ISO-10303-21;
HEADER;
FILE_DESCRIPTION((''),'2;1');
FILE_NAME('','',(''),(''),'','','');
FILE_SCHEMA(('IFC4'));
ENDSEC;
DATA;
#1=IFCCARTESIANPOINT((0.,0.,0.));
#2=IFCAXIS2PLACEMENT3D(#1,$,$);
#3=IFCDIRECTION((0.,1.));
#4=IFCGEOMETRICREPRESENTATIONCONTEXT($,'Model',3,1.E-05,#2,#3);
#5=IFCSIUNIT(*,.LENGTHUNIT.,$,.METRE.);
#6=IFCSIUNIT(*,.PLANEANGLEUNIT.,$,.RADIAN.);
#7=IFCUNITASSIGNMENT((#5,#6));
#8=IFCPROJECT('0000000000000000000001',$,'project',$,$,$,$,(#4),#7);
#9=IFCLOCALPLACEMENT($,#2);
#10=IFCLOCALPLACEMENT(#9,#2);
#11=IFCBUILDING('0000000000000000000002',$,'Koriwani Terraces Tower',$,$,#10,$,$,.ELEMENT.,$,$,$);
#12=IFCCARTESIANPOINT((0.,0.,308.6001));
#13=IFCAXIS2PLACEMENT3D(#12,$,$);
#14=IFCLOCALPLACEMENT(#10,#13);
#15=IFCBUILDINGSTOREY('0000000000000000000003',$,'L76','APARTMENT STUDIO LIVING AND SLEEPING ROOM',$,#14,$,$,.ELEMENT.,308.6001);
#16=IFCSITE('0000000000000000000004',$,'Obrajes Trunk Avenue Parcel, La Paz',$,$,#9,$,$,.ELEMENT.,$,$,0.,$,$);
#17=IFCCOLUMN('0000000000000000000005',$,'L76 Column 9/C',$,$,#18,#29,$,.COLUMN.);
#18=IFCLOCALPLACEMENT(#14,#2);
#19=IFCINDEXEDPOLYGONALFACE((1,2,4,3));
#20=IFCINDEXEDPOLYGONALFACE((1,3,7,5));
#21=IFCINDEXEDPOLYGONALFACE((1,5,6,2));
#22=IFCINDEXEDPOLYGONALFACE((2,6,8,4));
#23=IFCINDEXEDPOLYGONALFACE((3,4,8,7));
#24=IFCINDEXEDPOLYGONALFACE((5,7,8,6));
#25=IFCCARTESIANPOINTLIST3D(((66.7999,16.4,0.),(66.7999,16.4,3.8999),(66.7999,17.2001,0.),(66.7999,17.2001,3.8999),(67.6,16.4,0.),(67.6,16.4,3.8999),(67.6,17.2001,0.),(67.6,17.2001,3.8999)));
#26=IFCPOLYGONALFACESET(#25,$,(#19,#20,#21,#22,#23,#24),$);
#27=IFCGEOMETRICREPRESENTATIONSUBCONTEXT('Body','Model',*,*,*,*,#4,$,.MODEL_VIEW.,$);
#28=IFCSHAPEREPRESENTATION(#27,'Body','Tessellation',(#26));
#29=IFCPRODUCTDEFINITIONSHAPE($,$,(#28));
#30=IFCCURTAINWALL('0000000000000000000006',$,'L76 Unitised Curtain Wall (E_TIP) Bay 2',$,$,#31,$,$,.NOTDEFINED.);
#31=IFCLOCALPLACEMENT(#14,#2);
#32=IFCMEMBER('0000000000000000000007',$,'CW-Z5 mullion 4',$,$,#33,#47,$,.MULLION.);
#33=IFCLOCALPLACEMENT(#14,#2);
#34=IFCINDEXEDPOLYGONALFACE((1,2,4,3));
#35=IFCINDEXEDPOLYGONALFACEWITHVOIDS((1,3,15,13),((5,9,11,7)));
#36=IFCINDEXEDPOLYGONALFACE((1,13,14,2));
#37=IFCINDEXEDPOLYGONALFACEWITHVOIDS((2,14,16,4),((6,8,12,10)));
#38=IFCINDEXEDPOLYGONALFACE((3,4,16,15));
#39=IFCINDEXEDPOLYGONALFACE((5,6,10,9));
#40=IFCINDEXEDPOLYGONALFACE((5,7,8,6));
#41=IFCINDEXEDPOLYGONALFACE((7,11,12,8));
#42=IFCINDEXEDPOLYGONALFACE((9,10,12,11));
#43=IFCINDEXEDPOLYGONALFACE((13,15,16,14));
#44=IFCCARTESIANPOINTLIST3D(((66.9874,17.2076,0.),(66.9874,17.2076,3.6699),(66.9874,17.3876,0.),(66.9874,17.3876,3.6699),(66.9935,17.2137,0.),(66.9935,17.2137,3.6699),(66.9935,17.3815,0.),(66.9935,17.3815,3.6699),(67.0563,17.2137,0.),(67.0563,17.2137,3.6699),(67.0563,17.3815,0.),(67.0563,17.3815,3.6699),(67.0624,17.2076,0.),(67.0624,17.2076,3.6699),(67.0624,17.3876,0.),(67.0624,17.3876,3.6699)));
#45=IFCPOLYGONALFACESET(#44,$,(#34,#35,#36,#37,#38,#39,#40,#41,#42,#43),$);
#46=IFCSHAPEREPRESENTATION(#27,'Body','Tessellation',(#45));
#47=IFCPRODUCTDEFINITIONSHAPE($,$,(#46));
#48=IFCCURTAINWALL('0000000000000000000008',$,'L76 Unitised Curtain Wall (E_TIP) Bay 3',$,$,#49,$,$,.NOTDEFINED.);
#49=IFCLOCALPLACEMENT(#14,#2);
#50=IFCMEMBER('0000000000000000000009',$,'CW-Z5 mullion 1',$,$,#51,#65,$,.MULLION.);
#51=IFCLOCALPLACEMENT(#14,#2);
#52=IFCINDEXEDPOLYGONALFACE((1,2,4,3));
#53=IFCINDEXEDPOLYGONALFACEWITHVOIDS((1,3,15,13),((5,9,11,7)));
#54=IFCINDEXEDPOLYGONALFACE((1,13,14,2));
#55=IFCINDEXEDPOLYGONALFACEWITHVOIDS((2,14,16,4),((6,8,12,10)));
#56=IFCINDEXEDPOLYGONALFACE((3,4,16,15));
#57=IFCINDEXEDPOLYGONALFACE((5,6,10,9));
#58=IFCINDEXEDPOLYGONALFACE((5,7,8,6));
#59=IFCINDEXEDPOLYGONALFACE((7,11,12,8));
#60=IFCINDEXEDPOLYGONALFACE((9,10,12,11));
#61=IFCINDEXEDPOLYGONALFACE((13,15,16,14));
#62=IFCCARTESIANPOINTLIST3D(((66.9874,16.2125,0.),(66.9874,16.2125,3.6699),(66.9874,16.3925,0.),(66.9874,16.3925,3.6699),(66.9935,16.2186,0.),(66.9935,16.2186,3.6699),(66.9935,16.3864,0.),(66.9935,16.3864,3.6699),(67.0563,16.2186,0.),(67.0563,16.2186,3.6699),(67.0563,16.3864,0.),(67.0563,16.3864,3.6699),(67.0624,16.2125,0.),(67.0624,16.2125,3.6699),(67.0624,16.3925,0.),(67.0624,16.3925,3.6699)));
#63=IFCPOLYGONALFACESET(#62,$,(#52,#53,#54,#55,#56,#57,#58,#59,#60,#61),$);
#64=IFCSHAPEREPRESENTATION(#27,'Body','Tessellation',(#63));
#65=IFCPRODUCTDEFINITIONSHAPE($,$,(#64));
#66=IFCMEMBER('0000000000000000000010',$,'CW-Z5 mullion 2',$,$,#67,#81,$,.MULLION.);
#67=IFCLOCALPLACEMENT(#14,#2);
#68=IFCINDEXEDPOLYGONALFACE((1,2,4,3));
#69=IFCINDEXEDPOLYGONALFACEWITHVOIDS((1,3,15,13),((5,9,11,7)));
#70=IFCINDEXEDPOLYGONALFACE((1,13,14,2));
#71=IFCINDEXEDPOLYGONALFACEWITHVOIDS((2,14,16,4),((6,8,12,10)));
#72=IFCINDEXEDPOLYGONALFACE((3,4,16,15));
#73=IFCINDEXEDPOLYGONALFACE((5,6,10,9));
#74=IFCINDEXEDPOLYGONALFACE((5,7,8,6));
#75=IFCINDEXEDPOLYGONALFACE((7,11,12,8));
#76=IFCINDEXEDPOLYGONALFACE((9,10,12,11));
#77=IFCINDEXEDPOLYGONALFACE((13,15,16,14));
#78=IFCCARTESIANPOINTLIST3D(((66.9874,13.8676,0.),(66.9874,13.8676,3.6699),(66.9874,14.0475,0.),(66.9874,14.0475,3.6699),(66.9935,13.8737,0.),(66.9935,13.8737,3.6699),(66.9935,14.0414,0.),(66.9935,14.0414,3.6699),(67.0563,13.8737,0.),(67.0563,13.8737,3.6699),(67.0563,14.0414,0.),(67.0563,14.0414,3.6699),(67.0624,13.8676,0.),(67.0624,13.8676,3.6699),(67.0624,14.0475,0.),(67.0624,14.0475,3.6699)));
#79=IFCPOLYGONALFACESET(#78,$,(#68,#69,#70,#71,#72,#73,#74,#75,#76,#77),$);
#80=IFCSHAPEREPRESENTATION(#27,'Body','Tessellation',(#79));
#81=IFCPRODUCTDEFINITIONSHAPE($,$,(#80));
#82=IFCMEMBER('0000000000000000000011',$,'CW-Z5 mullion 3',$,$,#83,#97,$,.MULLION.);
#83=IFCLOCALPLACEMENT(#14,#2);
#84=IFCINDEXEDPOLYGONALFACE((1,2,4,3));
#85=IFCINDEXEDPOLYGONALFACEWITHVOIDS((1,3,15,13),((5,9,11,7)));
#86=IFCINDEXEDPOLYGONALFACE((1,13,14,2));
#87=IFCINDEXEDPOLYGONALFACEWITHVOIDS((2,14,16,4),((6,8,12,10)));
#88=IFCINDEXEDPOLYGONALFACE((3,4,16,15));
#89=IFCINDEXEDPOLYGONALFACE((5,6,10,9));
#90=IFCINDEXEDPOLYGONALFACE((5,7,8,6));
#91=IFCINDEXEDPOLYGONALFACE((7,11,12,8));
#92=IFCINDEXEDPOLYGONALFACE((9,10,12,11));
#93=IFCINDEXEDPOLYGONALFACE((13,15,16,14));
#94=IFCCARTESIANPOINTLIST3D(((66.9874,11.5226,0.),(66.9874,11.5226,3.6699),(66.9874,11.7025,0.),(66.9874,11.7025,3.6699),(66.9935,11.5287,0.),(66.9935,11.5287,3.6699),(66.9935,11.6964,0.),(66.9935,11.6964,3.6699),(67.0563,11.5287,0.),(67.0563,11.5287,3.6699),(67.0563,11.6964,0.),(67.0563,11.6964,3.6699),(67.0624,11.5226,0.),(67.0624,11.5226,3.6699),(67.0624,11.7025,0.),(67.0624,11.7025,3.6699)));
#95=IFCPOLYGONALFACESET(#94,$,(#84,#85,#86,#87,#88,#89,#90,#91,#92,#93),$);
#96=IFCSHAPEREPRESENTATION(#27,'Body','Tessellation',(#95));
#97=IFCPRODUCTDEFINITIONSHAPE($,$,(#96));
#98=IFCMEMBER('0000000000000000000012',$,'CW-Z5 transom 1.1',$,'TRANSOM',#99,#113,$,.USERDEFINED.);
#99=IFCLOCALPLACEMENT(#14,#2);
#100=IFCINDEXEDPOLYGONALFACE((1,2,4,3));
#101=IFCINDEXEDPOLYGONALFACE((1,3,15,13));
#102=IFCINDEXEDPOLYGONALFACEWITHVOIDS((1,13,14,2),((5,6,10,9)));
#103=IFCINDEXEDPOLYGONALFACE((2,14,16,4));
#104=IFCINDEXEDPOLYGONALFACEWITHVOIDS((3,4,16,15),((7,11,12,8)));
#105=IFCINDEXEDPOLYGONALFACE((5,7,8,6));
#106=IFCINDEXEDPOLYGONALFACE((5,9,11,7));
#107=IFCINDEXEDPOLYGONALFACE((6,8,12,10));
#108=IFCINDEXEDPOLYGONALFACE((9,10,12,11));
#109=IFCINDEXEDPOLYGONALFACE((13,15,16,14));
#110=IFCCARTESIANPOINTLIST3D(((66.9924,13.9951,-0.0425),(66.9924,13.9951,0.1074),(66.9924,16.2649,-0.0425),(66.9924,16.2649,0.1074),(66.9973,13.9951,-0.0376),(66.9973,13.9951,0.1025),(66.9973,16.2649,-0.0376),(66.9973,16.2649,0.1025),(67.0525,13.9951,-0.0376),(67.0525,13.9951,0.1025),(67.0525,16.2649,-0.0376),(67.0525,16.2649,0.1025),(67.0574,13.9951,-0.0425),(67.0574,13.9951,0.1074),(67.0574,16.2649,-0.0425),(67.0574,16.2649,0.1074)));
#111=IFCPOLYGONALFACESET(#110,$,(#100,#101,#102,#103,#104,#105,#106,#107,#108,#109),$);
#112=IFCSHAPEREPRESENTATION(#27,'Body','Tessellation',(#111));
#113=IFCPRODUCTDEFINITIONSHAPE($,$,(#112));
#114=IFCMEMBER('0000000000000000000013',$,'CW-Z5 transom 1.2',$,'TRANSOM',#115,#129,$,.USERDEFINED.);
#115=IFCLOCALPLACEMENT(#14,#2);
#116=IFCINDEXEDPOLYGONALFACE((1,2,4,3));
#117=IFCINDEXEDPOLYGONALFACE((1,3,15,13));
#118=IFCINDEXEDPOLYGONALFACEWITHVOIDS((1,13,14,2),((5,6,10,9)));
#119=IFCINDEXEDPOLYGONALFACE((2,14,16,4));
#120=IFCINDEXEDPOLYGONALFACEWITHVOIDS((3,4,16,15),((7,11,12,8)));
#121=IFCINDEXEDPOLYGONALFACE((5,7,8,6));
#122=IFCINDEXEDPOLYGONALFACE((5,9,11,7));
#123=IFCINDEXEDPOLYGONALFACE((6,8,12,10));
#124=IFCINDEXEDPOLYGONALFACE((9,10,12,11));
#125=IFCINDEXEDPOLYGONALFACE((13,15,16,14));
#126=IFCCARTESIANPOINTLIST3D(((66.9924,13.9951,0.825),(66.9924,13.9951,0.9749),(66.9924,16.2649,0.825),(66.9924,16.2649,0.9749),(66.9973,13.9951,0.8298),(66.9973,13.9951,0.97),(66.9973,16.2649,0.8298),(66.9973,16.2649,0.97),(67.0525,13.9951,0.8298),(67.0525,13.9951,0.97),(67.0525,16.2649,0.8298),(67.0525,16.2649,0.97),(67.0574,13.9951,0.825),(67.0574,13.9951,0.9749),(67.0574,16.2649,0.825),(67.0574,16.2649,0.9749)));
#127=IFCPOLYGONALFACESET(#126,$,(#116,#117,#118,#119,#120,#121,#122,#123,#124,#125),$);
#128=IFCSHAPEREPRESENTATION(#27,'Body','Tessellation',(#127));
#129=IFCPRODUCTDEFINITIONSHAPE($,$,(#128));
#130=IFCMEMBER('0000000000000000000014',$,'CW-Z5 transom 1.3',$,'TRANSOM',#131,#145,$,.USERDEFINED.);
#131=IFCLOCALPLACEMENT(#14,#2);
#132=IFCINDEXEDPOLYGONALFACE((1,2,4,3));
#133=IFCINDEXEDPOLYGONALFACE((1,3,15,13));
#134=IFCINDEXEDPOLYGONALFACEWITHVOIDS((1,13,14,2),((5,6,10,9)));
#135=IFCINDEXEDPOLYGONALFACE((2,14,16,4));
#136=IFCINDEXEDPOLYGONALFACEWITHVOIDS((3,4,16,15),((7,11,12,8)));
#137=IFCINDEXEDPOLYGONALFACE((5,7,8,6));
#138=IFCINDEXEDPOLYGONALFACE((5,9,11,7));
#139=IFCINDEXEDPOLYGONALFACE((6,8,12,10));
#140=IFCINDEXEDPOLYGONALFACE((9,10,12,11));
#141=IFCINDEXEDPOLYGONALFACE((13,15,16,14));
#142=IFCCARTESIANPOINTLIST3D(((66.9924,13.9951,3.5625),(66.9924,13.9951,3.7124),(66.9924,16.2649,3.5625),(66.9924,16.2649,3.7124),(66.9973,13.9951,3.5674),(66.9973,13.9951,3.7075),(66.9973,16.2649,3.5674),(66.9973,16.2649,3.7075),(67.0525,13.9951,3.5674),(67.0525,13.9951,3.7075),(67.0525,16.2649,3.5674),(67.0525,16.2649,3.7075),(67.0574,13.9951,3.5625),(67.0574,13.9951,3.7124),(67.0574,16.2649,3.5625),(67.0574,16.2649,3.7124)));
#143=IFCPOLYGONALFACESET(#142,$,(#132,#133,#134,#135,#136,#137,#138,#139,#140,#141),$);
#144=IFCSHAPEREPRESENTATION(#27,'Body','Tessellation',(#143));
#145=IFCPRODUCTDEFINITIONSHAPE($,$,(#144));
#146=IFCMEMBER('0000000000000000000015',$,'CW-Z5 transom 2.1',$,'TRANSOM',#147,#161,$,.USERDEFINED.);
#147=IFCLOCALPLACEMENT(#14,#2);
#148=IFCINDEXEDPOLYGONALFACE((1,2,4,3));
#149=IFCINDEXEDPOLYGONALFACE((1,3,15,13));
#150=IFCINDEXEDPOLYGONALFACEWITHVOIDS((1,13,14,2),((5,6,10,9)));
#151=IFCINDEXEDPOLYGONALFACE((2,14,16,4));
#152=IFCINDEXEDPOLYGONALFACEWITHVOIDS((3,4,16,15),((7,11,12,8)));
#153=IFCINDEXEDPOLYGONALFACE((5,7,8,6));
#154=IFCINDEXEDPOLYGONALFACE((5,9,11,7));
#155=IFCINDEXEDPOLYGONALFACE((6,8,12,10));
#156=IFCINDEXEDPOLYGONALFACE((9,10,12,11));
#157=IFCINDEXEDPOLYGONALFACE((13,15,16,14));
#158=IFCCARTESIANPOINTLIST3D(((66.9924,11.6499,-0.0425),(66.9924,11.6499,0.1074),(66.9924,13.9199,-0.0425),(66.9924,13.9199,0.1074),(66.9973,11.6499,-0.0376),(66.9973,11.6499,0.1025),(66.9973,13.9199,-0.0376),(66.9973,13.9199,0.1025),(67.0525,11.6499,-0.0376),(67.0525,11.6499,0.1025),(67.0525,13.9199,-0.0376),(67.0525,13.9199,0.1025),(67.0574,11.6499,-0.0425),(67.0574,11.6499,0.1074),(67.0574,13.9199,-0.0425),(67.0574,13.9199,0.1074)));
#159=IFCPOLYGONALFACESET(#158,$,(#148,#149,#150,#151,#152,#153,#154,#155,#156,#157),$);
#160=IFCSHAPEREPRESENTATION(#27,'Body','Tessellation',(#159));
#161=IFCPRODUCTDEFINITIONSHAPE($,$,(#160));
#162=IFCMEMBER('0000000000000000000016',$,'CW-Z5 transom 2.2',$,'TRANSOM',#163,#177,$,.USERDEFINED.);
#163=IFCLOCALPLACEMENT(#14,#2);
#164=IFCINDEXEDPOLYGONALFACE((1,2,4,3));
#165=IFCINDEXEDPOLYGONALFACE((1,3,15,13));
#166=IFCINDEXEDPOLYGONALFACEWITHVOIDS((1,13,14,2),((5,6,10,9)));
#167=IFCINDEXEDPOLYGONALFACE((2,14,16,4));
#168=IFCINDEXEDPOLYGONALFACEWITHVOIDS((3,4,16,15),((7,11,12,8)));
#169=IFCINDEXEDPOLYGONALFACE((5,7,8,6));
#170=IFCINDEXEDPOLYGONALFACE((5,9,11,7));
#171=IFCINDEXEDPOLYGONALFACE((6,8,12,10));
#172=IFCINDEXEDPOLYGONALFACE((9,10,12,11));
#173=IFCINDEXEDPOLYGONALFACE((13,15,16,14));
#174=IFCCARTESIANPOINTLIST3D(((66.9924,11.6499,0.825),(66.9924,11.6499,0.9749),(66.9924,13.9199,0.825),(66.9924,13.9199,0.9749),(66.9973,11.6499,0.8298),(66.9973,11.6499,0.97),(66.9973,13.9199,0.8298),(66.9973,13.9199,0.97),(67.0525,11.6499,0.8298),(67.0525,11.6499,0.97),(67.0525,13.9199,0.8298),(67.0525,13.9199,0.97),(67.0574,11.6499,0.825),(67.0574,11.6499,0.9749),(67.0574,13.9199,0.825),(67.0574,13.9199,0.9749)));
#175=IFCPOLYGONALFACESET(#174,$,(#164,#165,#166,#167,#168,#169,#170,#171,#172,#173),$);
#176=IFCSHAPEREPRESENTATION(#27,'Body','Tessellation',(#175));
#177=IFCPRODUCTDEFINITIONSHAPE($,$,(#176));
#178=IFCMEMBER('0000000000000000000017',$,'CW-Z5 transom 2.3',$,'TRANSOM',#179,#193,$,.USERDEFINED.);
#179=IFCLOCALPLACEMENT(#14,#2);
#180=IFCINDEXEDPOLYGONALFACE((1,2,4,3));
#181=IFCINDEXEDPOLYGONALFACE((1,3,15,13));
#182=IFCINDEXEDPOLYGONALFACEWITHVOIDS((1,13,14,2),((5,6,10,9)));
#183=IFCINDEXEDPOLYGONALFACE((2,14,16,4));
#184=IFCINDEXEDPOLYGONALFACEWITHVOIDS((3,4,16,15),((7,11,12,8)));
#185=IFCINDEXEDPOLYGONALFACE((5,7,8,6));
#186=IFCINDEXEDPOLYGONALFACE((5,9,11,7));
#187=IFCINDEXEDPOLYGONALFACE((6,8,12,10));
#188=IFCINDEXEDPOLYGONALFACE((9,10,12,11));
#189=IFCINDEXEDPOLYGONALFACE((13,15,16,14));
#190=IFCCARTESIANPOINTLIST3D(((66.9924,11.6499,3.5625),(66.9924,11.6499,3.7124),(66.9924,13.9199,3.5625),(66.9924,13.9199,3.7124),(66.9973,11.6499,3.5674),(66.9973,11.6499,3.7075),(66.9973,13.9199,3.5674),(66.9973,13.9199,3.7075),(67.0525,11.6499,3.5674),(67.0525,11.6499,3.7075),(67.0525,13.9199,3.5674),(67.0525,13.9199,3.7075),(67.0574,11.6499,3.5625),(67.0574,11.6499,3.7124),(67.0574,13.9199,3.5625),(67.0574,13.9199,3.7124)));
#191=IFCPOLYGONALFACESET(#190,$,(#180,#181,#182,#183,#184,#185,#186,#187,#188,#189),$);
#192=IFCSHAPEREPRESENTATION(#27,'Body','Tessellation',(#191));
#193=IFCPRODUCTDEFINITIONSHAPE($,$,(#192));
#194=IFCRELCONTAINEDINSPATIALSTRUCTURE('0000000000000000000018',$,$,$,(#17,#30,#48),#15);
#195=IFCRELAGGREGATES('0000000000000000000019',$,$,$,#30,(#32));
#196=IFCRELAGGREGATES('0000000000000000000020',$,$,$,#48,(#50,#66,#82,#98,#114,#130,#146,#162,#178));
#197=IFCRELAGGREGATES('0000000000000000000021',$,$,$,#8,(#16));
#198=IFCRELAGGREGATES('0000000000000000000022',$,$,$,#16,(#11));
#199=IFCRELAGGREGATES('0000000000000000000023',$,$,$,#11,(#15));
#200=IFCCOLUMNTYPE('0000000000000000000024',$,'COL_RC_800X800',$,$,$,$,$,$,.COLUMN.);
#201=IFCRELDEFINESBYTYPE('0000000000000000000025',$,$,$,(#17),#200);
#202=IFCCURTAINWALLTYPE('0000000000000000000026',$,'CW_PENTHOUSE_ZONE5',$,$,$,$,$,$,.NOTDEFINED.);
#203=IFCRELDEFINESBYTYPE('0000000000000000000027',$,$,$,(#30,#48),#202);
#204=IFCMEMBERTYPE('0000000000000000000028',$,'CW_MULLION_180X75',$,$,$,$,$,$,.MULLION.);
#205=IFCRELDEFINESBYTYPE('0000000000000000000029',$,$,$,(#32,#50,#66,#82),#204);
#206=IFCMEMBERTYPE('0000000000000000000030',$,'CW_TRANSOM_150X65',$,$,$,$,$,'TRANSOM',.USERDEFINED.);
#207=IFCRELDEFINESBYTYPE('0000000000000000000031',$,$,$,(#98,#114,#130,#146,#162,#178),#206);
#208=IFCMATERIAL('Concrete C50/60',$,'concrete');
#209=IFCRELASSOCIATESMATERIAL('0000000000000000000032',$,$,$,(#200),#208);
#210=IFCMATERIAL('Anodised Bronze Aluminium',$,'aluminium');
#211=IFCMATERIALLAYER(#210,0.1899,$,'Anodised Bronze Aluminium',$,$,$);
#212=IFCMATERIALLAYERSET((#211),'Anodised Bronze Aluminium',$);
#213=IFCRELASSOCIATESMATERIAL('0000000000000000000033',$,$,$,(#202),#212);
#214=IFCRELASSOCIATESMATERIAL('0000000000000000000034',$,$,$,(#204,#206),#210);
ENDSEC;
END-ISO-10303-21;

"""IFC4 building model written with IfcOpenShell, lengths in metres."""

from ifc_helpers import new_model, si_unit, direction, frame, origin, origin_2d, place, context, subcontext, project, spatial, rectangle, hollow_rectangle, extrude, material, layer, layer_set, material_profile, profile_set, type_object, element, aggregate, save


model = new_model("IFC4")

# Units and contexts
model_context = context("Model", 3, precision=1e-05, world=origin(), true_north=direction((0.0, 1.0)))
body_context = subcontext(model_context, "Body", "Model", "MODEL_VIEW")
ifc_project = project(units=[si_unit("LENGTHUNIT", "METRE"), si_unit("PLANEANGLEUNIT", "RADIAN")], contexts=[model_context])

# Site, building, storey
site_placement = place(None, origin())
site = spatial("IfcSite", under=ifc_project, at=site_placement, Name="Obrajes Trunk Avenue Parcel, La Paz", CompositionType="ELEMENT", RefElevation=0.0)
building_placement = place(site_placement, origin())
building = spatial("IfcBuilding", under=site, at=building_placement, Name="Koriwani Terraces Tower", CompositionType="ELEMENT")
storey_placement = place(building_placement, frame((0.0, 0.0, 308.6001)))
storey = spatial("IfcBuildingStorey", under=building, at=storey_placement, Name="L76", Description="APARTMENT STUDIO LIVING AND SLEEPING ROOM", CompositionType="ELEMENT", Elevation=308.6001)

# Column
ifc_material_1 = material(Name="Concrete C50/60", Category="concrete")
ifc_material_profile_1 = material_profile(ifc_material_1, rectangle(XDim=0.8, YDim=0.8, at=origin_2d()), Name="Concrete C50/60", Category="LoadBearing")
ifc_profile_set_1 = profile_set([ifc_material_profile_1], Name="Concrete C50/60")
column_type = type_object("IfcColumnType", Name="COL_RC_800X800", PredefinedType="COLUMN", material=ifc_profile_set_1)
column_placement = place(storey_placement, frame((67.2, 16.8, 0.0), z_axis=(0.0, 0.0, 1.0), x_axis=(1.0, 0.0, 0.0)))
element("IfcColumn", 1, at=column_placement, inside=storey, type_object=column_type, Name="L76 Column 9/C", PredefinedType="COLUMN", context=body_context, shape_type="SweptSolid", body=[
    extrude(rectangle(XDim=0.8, YDim=0.8, at=origin_2d()), origin(), (0.0, 0.0, 1.0), 3.8999),
])

# Curtain wall, member
ifc_material_2 = material(Name="Anodised Bronze Aluminium", Category="aluminium")
ifc_layer_1 = layer(ifc_material_2, 0.1899, Name="Anodised Bronze Aluminium")
ifc_layer_set_1 = layer_set([ifc_layer_1], Name="Anodised Bronze Aluminium")
curtain_wall_type = type_object("IfcCurtainWallType", Name="CW_PENTHOUSE_ZONE5", PredefinedType="NOTDEFINED", material=ifc_layer_set_1)
curtain_wall_1_placement = place(storey_placement, origin())
curtain_wall_1 = element("IfcCurtainWall", 2, at=curtain_wall_1_placement, inside=storey, type_object=curtain_wall_type, Name="L76 Unitised Curtain Wall (E_TIP) Bay 2", PredefinedType="NOTDEFINED")
ifc_material_profile_2 = material_profile(ifc_material_2, hollow_rectangle(XDim=0.075, YDim=0.1799, WallThickness=0.0061, at=origin_2d()), Name="Anodised Bronze Aluminium", Category="LoadBearing")
ifc_profile_set_2 = profile_set([ifc_material_profile_2], Name="Anodised Bronze Aluminium")
member_type_1 = type_object("IfcMemberType", Name="CW_MULLION_180X75", PredefinedType="MULLION", material=ifc_profile_set_2)
member_1_placement = place(storey_placement, frame((67.0249, 17.2976, 0.0), z_axis=(0.0, 0.0, 1.0), x_axis=(1.0, 0.0, 0.0)))
member_1 = element("IfcMember", 3, at=member_1_placement, type_object=member_type_1, Name="CW-Z5 mullion 4", PredefinedType="MULLION", context=body_context, shape_type="SweptSolid", body=[
    extrude(hollow_rectangle(XDim=0.075, YDim=0.1799, WallThickness=0.0061, at=origin_2d()), origin(), (0.0, 0.0, 1.0), 3.6699),
])

# Curtain wall, members
curtain_wall_2_placement = place(storey_placement, origin())
curtain_wall_2 = element("IfcCurtainWall", 4, at=curtain_wall_2_placement, inside=storey, type_object=curtain_wall_type, Name="L76 Unitised Curtain Wall (E_TIP) Bay 3", PredefinedType="NOTDEFINED")
member_2_placement = place(storey_placement, frame((67.0249, 16.3025, 0.0), z_axis=(0.0, 0.0, 1.0), x_axis=(1.0, 0.0, 0.0)))
member_2 = element("IfcMember", 5, at=member_2_placement, type_object=member_type_1, Name="CW-Z5 mullion 1", PredefinedType="MULLION", context=body_context, shape_type="SweptSolid", body=[
    extrude(hollow_rectangle(XDim=0.075, YDim=0.1799, WallThickness=0.0061, at=origin_2d()), origin(), (0.0, 0.0, 1.0), 3.6699),
])
member_3_placement = place(storey_placement, frame((67.0249, 13.9575, 0.0), z_axis=(0.0, 0.0, 1.0), x_axis=(1.0, 0.0, 0.0)))
member_3 = element("IfcMember", 6, at=member_3_placement, type_object=member_type_1, Name="CW-Z5 mullion 2", PredefinedType="MULLION", context=body_context, shape_type="SweptSolid", body=[
    extrude(hollow_rectangle(XDim=0.075, YDim=0.1799, WallThickness=0.0061, at=origin_2d()), origin(), (0.0, 0.0, 1.0), 3.6699),
])
member_4_placement = place(storey_placement, frame((67.0249, 11.6125, 0.0), z_axis=(0.0, 0.0, 1.0), x_axis=(1.0, 0.0, 0.0)))
member_4 = element("IfcMember", 7, at=member_4_placement, type_object=member_type_1, Name="CW-Z5 mullion 3", PredefinedType="MULLION", context=body_context, shape_type="SweptSolid", body=[
    extrude(hollow_rectangle(XDim=0.075, YDim=0.1799, WallThickness=0.0061, at=origin_2d()), origin(), (0.0, 0.0, 1.0), 3.6699),
])
ifc_material_profile_3 = material_profile(ifc_material_2, hollow_rectangle(XDim=0.0649, YDim=0.1499, WallThickness=0.0049, at=origin_2d()), Name="Anodised Bronze Aluminium", Category="LoadBearing")
ifc_profile_set_3 = profile_set([ifc_material_profile_3], Name="Anodised Bronze Aluminium")
member_type_2 = type_object("IfcMemberType", Name="CW_TRANSOM_150X65", ElementType="TRANSOM", PredefinedType="USERDEFINED", material=ifc_profile_set_3)
member_5_placement = place(storey_placement, frame((67.0249, 16.2649, 0.0325), z_axis=(0.0, -1.0, 0.0), x_axis=(1.0, 0.0, 0.0)))
member_5 = element("IfcMember", 8, at=member_5_placement, type_object=member_type_2, Name="CW-Z5 transom 1.1", ObjectType="TRANSOM", PredefinedType="USERDEFINED", context=body_context, shape_type="SweptSolid", body=[
    extrude(hollow_rectangle(XDim=0.0649, YDim=0.1499, WallThickness=0.0049, at=origin_2d()), origin(), (0.0, 0.0, 1.0), 2.2698),
])
member_6_placement = place(storey_placement, frame((67.0249, 16.2649, 0.8999), z_axis=(0.0, -1.0, 0.0), x_axis=(1.0, 0.0, 0.0)))
member_6 = element("IfcMember", 9, at=member_6_placement, type_object=member_type_2, Name="CW-Z5 transom 1.2", ObjectType="TRANSOM", PredefinedType="USERDEFINED", context=body_context, shape_type="SweptSolid", body=[
    extrude(hollow_rectangle(XDim=0.0649, YDim=0.1499, WallThickness=0.0049, at=origin_2d()), origin(), (0.0, 0.0, 1.0), 2.2698),
])
member_7_placement = place(storey_placement, frame((67.0249, 16.2649, 3.6375), z_axis=(0.0, -1.0, 0.0), x_axis=(1.0, 0.0, 0.0)))
member_7 = element("IfcMember", 10, at=member_7_placement, type_object=member_type_2, Name="CW-Z5 transom 1.3", ObjectType="TRANSOM", PredefinedType="USERDEFINED", context=body_context, shape_type="SweptSolid", body=[
    extrude(hollow_rectangle(XDim=0.0649, YDim=0.1499, WallThickness=0.0049, at=origin_2d()), origin(), (0.0, 0.0, 1.0), 2.2698),
])
member_8_placement = place(storey_placement, frame((67.0249, 13.9199, 0.0325), z_axis=(0.0, -1.0, 0.0), x_axis=(1.0, 0.0, 0.0)))
member_8 = element("IfcMember", 11, at=member_8_placement, type_object=member_type_2, Name="CW-Z5 transom 2.1", ObjectType="TRANSOM", PredefinedType="USERDEFINED", context=body_context, shape_type="SweptSolid", body=[
    extrude(hollow_rectangle(XDim=0.0649, YDim=0.1499, WallThickness=0.0049, at=origin_2d()), origin(), (0.0, 0.0, 1.0), 2.27),
])
member_9_placement = place(storey_placement, frame((67.0249, 13.9199, 0.8999), z_axis=(0.0, -1.0, 0.0), x_axis=(1.0, 0.0, 0.0)))
member_9 = element("IfcMember", 12, at=member_9_placement, type_object=member_type_2, Name="CW-Z5 transom 2.2", ObjectType="TRANSOM", PredefinedType="USERDEFINED", context=body_context, shape_type="SweptSolid", body=[
    extrude(hollow_rectangle(XDim=0.0649, YDim=0.1499, WallThickness=0.0049, at=origin_2d()), origin(), (0.0, 0.0, 1.0), 2.27),
])
member_10_placement = place(storey_placement, frame((67.0249, 13.9199, 3.6375), z_axis=(0.0, -1.0, 0.0), x_axis=(1.0, 0.0, 0.0)))
member_10 = element("IfcMember", 13, at=member_10_placement, type_object=member_type_2, Name="CW-Z5 transom 2.3", ObjectType="TRANSOM", PredefinedType="USERDEFINED", context=body_context, shape_type="SweptSolid", body=[
    extrude(hollow_rectangle(XDim=0.0649, YDim=0.1499, WallThickness=0.0049, at=origin_2d()), origin(), (0.0, 0.0, 1.0), 2.27),
])

aggregate(curtain_wall_1, [member_1])
aggregate(curtain_wall_2, [member_2, member_3, member_4, member_5, member_6, member_7, member_8, member_9, member_10])

save(model, "model.ifc")
